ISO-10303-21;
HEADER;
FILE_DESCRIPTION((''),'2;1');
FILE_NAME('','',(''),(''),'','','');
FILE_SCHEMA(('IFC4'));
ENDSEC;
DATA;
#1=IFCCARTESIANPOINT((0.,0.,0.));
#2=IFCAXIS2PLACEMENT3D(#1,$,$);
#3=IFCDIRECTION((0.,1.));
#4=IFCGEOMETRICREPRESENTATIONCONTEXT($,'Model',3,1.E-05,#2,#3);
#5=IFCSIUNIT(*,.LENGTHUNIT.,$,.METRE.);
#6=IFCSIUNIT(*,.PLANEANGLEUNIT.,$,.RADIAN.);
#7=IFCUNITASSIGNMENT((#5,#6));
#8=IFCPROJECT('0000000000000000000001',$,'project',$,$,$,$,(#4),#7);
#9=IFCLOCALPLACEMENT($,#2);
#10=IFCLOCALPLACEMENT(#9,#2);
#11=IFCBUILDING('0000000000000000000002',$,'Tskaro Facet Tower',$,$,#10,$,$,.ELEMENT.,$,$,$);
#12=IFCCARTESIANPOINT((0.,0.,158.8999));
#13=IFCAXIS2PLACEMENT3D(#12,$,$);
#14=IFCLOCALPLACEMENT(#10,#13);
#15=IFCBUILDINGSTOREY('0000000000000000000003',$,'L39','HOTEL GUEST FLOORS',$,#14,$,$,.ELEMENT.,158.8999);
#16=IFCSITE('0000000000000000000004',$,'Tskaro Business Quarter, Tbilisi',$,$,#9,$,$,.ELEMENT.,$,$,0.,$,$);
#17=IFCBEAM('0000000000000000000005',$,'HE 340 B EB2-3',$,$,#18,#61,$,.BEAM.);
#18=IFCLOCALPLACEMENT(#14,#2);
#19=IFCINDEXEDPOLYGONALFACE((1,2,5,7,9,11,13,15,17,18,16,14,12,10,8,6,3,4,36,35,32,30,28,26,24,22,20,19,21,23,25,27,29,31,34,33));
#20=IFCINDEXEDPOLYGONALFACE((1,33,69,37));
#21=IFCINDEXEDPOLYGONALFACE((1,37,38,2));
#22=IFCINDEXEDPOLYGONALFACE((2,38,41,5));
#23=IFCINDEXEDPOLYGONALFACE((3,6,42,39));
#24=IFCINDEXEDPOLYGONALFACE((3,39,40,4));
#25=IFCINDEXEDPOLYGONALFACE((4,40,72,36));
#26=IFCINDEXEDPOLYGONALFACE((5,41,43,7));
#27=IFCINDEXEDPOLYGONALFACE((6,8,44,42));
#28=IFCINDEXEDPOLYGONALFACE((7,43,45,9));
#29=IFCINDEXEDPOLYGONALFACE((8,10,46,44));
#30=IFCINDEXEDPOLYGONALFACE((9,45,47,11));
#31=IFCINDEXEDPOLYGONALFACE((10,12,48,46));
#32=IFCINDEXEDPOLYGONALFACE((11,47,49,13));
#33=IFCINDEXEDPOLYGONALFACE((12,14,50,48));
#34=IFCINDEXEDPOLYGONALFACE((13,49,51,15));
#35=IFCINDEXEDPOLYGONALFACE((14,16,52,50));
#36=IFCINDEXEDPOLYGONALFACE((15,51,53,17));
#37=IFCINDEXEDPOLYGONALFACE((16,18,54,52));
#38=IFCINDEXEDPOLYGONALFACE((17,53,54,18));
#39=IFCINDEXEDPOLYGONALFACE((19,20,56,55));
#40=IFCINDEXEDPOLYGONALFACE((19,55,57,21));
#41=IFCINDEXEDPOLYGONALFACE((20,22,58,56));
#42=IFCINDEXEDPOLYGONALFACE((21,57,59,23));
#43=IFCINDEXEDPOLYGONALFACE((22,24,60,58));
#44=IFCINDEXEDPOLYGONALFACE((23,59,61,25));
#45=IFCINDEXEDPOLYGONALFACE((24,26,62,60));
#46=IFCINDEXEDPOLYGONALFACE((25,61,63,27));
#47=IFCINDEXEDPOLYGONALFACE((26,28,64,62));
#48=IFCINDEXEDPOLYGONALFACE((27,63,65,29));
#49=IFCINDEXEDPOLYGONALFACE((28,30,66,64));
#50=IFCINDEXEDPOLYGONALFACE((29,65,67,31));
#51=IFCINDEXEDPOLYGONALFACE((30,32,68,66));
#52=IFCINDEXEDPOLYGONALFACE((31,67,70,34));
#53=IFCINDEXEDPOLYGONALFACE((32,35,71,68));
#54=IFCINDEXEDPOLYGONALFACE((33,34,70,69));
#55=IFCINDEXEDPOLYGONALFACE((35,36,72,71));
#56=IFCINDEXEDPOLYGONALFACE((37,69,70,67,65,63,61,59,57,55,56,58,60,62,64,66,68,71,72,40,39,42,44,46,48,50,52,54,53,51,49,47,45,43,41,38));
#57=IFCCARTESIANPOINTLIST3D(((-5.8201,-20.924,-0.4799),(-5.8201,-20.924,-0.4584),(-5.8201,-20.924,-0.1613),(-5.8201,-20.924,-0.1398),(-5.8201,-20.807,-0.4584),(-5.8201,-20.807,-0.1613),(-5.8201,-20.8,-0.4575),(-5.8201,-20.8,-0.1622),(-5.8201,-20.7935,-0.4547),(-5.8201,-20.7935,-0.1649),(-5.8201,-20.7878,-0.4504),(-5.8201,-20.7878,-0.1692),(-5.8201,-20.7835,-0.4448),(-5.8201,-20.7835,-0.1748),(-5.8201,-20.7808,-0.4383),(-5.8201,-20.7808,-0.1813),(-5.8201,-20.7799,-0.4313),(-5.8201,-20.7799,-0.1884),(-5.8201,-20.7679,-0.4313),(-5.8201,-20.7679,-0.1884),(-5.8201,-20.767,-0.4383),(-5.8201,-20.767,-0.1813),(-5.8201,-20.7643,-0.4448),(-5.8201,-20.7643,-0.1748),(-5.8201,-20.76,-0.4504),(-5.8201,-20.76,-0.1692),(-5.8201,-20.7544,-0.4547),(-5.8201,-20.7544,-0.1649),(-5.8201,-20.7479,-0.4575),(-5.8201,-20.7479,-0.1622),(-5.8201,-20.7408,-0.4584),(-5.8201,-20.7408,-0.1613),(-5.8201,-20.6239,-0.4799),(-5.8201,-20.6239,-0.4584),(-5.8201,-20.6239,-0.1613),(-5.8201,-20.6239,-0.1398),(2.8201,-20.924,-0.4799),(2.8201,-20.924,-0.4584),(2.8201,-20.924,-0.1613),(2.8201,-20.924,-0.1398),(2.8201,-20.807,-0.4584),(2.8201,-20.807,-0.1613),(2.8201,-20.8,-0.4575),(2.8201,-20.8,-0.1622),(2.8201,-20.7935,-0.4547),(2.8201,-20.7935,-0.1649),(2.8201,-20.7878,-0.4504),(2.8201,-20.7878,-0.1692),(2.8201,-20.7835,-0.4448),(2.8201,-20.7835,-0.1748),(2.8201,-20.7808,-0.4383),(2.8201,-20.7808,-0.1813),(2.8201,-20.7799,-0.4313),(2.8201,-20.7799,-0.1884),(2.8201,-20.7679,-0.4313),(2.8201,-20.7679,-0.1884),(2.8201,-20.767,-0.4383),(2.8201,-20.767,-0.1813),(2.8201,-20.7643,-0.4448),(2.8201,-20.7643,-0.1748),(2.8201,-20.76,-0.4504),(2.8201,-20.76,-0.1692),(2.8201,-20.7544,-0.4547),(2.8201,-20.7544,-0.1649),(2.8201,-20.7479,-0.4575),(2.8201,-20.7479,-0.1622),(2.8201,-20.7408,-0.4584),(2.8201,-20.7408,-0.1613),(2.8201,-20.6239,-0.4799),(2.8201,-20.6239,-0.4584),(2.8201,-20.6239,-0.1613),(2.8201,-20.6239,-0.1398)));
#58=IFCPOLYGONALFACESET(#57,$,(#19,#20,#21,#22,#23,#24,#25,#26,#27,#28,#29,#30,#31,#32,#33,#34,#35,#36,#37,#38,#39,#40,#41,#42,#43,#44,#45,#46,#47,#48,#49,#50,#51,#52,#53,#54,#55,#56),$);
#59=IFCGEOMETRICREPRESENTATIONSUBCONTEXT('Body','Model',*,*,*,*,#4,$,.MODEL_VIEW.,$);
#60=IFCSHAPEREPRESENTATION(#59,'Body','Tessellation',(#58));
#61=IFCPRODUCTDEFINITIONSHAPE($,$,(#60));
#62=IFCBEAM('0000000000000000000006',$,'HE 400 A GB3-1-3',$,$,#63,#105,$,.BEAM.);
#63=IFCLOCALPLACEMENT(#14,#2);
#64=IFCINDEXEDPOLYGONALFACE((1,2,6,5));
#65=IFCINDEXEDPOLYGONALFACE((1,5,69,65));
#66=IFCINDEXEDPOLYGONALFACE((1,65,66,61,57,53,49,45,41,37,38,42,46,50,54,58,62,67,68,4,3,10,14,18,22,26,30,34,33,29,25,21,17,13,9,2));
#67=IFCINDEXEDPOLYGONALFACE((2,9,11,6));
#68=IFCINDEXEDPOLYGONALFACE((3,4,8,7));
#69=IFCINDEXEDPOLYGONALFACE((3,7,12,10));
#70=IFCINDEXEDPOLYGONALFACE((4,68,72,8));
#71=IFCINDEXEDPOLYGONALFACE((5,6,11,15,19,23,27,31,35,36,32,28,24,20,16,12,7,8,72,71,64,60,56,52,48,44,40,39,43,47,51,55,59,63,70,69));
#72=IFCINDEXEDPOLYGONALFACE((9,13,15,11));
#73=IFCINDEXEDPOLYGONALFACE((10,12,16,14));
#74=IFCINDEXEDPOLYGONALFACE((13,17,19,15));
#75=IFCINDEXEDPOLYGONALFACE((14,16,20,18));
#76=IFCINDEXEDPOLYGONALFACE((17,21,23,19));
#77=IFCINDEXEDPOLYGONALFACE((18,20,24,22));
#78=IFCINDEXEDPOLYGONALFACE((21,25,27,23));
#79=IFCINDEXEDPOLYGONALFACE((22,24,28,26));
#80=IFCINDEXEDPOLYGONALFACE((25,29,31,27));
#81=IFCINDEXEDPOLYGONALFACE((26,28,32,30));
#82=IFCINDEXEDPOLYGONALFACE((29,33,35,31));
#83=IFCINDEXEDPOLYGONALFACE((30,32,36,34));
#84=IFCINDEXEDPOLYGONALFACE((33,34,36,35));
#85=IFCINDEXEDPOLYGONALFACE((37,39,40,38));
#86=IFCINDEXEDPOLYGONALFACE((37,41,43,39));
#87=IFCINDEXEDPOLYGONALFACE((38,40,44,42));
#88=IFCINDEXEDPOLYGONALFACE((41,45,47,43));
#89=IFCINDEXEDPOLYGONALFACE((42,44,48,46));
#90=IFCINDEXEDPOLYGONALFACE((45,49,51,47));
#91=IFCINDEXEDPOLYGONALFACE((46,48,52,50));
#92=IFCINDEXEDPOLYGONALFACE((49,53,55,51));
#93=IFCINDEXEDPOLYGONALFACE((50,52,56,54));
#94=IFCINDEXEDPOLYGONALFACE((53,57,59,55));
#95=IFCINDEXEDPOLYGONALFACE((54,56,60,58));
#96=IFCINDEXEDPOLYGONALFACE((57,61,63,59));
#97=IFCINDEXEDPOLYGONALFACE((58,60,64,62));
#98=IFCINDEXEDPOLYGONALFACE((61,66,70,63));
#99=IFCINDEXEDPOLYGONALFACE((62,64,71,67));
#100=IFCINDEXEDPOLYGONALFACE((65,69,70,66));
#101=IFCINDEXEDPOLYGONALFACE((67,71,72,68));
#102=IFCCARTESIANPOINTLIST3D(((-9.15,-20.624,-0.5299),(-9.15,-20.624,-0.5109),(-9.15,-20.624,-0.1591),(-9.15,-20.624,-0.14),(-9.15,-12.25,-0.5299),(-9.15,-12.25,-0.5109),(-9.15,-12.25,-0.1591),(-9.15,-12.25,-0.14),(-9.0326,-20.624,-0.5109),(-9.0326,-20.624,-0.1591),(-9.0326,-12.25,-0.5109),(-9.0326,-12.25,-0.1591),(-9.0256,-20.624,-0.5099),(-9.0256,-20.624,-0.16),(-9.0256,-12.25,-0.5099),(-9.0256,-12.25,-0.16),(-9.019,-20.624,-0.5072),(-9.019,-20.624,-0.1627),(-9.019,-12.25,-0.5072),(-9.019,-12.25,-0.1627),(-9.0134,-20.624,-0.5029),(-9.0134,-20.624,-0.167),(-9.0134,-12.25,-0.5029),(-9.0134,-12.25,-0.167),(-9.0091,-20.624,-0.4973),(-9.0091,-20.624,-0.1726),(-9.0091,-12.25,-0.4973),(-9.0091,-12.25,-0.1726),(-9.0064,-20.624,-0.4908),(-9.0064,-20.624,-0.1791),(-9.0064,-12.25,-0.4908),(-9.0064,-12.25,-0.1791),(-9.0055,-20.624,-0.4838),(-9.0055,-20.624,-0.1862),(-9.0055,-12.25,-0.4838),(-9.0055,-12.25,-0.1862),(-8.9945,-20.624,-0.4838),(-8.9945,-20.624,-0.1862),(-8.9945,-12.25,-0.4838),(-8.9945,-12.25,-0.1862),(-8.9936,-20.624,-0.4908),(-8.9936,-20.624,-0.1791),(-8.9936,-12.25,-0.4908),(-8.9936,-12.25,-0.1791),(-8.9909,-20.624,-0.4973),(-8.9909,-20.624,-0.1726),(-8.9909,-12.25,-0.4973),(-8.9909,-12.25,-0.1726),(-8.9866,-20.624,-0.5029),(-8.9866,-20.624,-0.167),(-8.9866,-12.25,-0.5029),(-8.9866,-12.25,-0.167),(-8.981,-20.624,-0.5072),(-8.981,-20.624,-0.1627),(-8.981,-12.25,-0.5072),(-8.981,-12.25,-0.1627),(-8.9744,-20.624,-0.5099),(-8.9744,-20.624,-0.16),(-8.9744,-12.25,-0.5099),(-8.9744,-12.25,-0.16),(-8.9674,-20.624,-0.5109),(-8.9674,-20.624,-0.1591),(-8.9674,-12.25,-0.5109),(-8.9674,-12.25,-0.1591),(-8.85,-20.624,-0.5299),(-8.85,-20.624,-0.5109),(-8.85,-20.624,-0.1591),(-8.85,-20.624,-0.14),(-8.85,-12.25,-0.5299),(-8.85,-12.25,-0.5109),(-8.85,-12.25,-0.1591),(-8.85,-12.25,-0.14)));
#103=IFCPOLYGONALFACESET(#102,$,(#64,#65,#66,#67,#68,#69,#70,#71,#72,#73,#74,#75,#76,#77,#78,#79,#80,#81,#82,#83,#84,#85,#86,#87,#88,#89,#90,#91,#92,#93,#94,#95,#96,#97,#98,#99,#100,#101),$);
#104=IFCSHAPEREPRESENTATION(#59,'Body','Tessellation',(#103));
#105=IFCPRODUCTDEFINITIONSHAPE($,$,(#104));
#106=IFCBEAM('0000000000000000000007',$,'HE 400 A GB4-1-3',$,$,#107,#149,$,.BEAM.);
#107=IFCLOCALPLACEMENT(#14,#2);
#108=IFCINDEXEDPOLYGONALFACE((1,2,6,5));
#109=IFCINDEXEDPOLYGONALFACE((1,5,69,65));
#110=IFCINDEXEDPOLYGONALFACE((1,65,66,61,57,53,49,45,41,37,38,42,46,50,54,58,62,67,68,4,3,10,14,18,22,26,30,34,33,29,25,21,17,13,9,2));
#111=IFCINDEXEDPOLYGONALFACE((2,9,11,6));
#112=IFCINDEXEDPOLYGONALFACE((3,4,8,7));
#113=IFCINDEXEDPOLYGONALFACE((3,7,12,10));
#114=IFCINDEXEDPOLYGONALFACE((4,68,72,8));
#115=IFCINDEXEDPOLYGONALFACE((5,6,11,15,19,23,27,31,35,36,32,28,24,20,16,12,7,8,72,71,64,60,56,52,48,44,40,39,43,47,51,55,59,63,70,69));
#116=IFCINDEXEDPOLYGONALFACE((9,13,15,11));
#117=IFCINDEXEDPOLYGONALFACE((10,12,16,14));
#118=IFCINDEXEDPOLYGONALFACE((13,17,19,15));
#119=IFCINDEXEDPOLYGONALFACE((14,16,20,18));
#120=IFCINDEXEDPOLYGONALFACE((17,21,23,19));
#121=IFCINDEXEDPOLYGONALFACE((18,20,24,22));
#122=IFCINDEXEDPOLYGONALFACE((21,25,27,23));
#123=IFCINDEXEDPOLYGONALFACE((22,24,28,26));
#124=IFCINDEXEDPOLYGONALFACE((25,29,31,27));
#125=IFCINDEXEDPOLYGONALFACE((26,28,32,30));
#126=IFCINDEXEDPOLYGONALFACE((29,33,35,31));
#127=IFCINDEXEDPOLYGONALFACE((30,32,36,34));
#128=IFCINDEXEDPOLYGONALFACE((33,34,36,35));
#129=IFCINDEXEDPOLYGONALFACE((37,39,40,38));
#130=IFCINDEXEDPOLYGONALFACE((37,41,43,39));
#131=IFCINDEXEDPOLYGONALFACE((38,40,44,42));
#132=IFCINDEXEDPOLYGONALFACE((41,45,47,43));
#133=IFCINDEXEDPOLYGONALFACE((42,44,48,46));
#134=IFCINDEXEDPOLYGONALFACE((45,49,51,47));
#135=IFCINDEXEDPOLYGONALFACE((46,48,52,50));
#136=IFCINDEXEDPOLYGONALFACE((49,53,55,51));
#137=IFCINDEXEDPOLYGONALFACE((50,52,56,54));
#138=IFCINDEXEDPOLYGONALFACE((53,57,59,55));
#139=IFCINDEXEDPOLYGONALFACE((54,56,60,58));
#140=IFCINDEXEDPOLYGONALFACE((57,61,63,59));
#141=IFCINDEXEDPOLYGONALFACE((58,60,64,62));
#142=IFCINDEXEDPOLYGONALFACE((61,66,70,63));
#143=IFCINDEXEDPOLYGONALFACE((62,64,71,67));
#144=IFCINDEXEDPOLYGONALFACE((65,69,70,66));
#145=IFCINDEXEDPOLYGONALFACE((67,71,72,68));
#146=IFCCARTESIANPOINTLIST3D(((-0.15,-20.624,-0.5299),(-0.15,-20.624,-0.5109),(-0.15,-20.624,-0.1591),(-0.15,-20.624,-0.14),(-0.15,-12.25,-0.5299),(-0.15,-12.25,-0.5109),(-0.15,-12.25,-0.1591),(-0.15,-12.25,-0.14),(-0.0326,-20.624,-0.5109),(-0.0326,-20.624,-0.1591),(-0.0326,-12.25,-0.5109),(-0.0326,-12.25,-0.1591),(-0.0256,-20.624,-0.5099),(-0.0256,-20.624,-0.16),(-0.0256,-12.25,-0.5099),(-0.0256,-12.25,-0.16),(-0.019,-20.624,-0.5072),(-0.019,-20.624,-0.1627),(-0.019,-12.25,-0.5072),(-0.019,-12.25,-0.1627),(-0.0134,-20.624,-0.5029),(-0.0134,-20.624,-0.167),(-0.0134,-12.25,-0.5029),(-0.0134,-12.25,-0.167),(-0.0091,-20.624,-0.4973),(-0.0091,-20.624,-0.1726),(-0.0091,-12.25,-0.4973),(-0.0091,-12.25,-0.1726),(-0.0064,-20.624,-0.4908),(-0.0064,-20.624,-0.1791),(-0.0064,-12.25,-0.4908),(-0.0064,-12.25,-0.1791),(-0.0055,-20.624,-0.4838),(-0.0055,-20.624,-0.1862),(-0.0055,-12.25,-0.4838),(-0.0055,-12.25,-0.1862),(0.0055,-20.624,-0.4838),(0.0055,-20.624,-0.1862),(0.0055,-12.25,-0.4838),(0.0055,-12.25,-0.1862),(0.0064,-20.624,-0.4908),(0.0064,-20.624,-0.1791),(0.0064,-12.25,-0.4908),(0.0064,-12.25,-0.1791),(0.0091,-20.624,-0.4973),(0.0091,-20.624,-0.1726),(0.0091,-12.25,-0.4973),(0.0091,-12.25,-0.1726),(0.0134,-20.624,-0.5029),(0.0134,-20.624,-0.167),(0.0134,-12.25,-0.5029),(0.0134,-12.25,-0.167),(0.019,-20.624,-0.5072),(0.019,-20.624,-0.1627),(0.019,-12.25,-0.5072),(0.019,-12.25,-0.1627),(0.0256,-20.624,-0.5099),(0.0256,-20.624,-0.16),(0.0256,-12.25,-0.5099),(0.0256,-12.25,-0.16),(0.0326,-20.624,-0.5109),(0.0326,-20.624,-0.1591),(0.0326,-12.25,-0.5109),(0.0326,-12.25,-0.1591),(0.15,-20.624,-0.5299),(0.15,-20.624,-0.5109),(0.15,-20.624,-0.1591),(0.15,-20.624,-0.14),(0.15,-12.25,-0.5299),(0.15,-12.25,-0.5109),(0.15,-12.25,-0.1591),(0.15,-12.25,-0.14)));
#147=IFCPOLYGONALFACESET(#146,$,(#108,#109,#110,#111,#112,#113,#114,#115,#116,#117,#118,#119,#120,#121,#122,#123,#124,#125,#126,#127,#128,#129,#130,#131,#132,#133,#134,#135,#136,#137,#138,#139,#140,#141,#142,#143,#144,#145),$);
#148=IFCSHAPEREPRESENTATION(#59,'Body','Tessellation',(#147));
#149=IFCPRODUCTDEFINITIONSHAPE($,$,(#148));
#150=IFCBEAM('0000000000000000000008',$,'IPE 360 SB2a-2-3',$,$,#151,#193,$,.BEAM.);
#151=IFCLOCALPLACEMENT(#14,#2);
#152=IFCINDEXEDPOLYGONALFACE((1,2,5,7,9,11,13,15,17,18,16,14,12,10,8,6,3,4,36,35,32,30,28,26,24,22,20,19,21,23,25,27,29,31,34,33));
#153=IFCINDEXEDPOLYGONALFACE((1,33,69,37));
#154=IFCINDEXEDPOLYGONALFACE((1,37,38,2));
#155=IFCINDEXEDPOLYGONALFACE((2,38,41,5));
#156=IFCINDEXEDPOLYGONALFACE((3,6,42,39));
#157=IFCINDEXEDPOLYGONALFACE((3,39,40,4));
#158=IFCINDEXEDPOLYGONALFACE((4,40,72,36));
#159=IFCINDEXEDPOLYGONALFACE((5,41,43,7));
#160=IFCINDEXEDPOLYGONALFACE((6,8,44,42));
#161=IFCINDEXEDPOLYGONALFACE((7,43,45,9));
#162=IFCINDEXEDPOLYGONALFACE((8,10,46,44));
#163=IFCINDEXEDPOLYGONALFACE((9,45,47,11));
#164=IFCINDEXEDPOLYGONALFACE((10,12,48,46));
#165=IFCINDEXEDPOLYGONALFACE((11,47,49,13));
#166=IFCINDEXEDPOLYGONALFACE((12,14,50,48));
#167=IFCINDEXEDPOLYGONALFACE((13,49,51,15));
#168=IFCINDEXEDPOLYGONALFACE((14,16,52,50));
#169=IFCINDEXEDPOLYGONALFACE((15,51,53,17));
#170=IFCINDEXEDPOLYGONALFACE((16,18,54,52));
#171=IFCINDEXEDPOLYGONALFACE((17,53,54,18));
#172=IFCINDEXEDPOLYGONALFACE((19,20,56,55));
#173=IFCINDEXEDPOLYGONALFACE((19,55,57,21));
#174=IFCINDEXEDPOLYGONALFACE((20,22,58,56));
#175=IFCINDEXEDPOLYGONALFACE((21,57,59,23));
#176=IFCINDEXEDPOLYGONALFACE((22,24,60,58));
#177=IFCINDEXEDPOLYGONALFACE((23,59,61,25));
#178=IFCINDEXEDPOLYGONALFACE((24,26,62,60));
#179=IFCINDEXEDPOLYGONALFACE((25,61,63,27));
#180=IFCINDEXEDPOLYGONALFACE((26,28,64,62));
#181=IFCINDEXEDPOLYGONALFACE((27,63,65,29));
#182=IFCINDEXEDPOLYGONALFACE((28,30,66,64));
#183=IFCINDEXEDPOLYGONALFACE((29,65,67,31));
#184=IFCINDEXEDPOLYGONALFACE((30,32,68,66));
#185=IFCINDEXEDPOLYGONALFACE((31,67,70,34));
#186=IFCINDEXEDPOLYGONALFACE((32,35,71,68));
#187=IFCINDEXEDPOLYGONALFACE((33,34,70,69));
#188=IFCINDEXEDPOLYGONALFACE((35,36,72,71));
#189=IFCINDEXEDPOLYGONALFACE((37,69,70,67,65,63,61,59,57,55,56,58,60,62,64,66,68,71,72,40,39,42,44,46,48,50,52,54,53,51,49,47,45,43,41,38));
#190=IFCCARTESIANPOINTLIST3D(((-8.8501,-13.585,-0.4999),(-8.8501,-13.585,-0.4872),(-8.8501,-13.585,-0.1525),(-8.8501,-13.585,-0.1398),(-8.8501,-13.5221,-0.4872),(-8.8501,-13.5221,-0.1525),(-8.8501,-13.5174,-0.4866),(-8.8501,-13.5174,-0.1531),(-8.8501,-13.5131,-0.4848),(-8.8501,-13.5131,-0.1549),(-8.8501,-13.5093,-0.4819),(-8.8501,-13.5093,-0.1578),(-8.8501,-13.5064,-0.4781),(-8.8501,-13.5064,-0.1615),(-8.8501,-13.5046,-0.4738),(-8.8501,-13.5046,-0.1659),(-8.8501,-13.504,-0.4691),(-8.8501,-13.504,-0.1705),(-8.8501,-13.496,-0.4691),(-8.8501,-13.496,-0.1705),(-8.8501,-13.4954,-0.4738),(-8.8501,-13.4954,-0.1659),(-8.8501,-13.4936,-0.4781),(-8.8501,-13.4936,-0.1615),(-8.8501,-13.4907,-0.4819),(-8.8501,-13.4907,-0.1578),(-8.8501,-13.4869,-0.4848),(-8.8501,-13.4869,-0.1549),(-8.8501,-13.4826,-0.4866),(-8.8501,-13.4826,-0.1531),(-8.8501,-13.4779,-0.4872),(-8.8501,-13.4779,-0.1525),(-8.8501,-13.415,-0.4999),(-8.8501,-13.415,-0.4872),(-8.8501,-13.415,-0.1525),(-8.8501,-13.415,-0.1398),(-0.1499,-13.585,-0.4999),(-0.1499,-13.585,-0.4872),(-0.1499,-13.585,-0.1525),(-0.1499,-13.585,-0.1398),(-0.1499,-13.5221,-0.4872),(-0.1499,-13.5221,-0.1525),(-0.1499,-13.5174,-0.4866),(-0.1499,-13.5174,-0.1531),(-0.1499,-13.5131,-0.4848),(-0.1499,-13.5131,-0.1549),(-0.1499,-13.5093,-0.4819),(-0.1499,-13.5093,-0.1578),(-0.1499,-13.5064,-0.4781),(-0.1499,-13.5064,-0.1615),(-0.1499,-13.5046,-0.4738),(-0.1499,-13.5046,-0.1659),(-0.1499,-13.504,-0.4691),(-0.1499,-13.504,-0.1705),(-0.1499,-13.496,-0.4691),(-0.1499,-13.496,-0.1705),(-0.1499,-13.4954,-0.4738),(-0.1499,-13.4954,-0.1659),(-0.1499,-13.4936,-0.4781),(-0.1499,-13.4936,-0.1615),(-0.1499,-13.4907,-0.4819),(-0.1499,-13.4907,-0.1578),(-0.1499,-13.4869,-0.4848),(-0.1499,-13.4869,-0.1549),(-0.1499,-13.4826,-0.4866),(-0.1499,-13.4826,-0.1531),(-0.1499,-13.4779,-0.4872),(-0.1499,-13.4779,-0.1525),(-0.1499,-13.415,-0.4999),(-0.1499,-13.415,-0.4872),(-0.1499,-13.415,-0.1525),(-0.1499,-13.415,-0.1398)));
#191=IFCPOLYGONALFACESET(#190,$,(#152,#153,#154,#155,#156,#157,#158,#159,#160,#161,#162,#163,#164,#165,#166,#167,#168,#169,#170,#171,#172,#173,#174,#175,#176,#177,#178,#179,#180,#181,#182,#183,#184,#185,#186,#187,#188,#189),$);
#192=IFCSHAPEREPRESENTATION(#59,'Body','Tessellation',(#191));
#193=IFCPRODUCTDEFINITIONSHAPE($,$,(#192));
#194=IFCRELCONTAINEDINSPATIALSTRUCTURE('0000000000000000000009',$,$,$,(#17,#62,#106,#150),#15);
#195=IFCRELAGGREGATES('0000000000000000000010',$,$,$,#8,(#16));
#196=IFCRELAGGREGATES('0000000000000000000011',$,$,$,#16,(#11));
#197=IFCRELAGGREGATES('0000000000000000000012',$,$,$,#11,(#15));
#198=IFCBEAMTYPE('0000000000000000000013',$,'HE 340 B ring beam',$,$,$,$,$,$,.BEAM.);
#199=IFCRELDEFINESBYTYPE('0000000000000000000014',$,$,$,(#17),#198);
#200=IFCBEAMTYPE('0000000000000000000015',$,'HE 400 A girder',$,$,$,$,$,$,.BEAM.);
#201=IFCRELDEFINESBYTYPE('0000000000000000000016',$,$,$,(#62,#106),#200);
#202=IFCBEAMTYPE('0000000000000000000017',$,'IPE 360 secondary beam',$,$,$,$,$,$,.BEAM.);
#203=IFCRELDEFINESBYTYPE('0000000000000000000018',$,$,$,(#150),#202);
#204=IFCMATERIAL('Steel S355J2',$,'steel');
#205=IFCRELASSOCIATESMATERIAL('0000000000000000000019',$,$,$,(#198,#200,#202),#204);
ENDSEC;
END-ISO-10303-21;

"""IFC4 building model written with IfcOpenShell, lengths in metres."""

from ifc_helpers import new_model, si_unit, direction, frame, origin, origin_2d, place, context, subcontext, project, spatial, i_section, extrude, material, material_profile, profile_set, type_object, element, save


model = new_model("IFC4")

# Units and contexts
model_context = context("Model", 3, precision=1e-05, world=origin(), true_north=direction((0.0, 1.0)))
body_context = subcontext(model_context, "Body", "Model", "MODEL_VIEW")
ifc_project = project(units=[si_unit("LENGTHUNIT", "METRE"), si_unit("PLANEANGLEUNIT", "RADIAN")], contexts=[model_context])

# Site, building, storey
site_placement = place(None, origin())
site = spatial("IfcSite", under=ifc_project, at=site_placement, Name="Tskaro Business Quarter, Tbilisi", CompositionType="ELEMENT", RefElevation=0.0)
building_placement = place(site_placement, origin())
building = spatial("IfcBuilding", under=site, at=building_placement, Name="Tskaro Facet Tower", CompositionType="ELEMENT")
storey_placement = place(building_placement, frame((0.0, 0.0, 158.8999)))
storey = spatial("IfcBuildingStorey", under=building, at=storey_placement, Name="L39", Description="HOTEL GUEST FLOORS", CompositionType="ELEMENT", Elevation=158.8999)

# Beams
ifc_material_1 = material(Name="Steel S355J2", Category="steel")
ifc_material_profile_1 = material_profile(ifc_material_1, i_section(OverallWidth=0.3, OverallDepth=0.3401, WebThickness=0.012, FlangeThickness=0.0215, FilletRadius=0.0271, at=origin_2d()), Name="HE 340 B")
ifc_profile_set_1 = profile_set([ifc_material_profile_1], Name="Steel S355J2")
beam_type_1 = type_object("IfcBeamType", Name="HE 340 B ring beam", PredefinedType="BEAM", material=ifc_profile_set_1)
beam_placement = place(storey_placement, frame((-5.8201, -20.7739, -0.3098), z_axis=(1.0, 0.0, 0.0), x_axis=(0.0, 1.0, 0.0)))
element("IfcBeam", 1, at=beam_placement, inside=storey, type_object=beam_type_1, Name="HE 340 B EB2-3", PredefinedType="BEAM", context=body_context, shape_type="SweptSolid", body=[
    extrude(i_section(OverallWidth=0.3, OverallDepth=0.3401, WebThickness=0.012, FlangeThickness=0.0215, FilletRadius=0.0271, at=origin_2d()), origin(), (0.0, 0.0, 1.0), 8.6401),
])
ifc_material_profile_2 = material_profile(ifc_material_1, i_section(OverallWidth=0.3, OverallDepth=0.3899, WebThickness=0.011, FlangeThickness=0.019, FilletRadius=0.0271, at=origin_2d()), Name="HE 400 A")
ifc_profile_set_2 = profile_set([ifc_material_profile_2], Name="Steel S355J2")
beam_type_2 = type_object("IfcBeamType", Name="HE 400 A girder", PredefinedType="BEAM", material=ifc_profile_set_2)
for number, where, z_axis, x_axis, name in (
    (2, (-9.0, -20.624, -0.335), (0.0, 1.0, 0.0), (-1.0, 0.0, 0.0), "HE 400 A GB3-1-3"),
    (3, (0.0, -20.624, -0.335), (0.0, 1.0, 0.0), (-1.0, 0.0, 0.0), "HE 400 A GB4-1-3"),
):
    element("IfcBeam", number, at=place(storey_placement, frame(where, z_axis=z_axis, x_axis=x_axis)), inside=storey, type_object=beam_type_2, Name=name, PredefinedType="BEAM", context=body_context, shape_type="SweptSolid", body=[
        extrude(i_section(OverallWidth=0.3, OverallDepth=0.3899, WebThickness=0.011, FlangeThickness=0.019, FilletRadius=0.0271, at=origin_2d()), origin(), (0.0, 0.0, 1.0), 8.374),
    ])
ifc_material_profile_3 = material_profile(ifc_material_1, i_section(OverallWidth=0.1699, OverallDepth=0.3601, WebThickness=0.0081, FlangeThickness=0.0127, FilletRadius=0.0181, at=origin_2d()), Name="IPE 360")
ifc_profile_set_3 = profile_set([ifc_material_profile_3], Name="Steel S355J2")
beam_type_3 = type_object("IfcBeamType", Name="IPE 360 secondary beam", PredefinedType="BEAM", material=ifc_profile_set_3)
for number, where, z_axis, x_axis, name in (
    (4, (-8.8501, -13.5, -0.3198), (1.0, 0.0, 0.0), (0.0, 1.0, 0.0), "IPE 360 SB2a-2-3"),
):
    element("IfcBeam", number, at=place(storey_placement, frame(where, z_axis=z_axis, x_axis=x_axis)), inside=storey, type_object=beam_type_3, Name=name, PredefinedType="BEAM", context=body_context, shape_type="SweptSolid", body=[
        extrude(i_section(OverallWidth=0.1699, OverallDepth=0.3601, WebThickness=0.0081, FlangeThickness=0.0127, FilletRadius=0.0181, at=origin_2d()), origin(), (0.0, 0.0, 1.0), 8.7002),
    ])

save(model, "model.ifc")
